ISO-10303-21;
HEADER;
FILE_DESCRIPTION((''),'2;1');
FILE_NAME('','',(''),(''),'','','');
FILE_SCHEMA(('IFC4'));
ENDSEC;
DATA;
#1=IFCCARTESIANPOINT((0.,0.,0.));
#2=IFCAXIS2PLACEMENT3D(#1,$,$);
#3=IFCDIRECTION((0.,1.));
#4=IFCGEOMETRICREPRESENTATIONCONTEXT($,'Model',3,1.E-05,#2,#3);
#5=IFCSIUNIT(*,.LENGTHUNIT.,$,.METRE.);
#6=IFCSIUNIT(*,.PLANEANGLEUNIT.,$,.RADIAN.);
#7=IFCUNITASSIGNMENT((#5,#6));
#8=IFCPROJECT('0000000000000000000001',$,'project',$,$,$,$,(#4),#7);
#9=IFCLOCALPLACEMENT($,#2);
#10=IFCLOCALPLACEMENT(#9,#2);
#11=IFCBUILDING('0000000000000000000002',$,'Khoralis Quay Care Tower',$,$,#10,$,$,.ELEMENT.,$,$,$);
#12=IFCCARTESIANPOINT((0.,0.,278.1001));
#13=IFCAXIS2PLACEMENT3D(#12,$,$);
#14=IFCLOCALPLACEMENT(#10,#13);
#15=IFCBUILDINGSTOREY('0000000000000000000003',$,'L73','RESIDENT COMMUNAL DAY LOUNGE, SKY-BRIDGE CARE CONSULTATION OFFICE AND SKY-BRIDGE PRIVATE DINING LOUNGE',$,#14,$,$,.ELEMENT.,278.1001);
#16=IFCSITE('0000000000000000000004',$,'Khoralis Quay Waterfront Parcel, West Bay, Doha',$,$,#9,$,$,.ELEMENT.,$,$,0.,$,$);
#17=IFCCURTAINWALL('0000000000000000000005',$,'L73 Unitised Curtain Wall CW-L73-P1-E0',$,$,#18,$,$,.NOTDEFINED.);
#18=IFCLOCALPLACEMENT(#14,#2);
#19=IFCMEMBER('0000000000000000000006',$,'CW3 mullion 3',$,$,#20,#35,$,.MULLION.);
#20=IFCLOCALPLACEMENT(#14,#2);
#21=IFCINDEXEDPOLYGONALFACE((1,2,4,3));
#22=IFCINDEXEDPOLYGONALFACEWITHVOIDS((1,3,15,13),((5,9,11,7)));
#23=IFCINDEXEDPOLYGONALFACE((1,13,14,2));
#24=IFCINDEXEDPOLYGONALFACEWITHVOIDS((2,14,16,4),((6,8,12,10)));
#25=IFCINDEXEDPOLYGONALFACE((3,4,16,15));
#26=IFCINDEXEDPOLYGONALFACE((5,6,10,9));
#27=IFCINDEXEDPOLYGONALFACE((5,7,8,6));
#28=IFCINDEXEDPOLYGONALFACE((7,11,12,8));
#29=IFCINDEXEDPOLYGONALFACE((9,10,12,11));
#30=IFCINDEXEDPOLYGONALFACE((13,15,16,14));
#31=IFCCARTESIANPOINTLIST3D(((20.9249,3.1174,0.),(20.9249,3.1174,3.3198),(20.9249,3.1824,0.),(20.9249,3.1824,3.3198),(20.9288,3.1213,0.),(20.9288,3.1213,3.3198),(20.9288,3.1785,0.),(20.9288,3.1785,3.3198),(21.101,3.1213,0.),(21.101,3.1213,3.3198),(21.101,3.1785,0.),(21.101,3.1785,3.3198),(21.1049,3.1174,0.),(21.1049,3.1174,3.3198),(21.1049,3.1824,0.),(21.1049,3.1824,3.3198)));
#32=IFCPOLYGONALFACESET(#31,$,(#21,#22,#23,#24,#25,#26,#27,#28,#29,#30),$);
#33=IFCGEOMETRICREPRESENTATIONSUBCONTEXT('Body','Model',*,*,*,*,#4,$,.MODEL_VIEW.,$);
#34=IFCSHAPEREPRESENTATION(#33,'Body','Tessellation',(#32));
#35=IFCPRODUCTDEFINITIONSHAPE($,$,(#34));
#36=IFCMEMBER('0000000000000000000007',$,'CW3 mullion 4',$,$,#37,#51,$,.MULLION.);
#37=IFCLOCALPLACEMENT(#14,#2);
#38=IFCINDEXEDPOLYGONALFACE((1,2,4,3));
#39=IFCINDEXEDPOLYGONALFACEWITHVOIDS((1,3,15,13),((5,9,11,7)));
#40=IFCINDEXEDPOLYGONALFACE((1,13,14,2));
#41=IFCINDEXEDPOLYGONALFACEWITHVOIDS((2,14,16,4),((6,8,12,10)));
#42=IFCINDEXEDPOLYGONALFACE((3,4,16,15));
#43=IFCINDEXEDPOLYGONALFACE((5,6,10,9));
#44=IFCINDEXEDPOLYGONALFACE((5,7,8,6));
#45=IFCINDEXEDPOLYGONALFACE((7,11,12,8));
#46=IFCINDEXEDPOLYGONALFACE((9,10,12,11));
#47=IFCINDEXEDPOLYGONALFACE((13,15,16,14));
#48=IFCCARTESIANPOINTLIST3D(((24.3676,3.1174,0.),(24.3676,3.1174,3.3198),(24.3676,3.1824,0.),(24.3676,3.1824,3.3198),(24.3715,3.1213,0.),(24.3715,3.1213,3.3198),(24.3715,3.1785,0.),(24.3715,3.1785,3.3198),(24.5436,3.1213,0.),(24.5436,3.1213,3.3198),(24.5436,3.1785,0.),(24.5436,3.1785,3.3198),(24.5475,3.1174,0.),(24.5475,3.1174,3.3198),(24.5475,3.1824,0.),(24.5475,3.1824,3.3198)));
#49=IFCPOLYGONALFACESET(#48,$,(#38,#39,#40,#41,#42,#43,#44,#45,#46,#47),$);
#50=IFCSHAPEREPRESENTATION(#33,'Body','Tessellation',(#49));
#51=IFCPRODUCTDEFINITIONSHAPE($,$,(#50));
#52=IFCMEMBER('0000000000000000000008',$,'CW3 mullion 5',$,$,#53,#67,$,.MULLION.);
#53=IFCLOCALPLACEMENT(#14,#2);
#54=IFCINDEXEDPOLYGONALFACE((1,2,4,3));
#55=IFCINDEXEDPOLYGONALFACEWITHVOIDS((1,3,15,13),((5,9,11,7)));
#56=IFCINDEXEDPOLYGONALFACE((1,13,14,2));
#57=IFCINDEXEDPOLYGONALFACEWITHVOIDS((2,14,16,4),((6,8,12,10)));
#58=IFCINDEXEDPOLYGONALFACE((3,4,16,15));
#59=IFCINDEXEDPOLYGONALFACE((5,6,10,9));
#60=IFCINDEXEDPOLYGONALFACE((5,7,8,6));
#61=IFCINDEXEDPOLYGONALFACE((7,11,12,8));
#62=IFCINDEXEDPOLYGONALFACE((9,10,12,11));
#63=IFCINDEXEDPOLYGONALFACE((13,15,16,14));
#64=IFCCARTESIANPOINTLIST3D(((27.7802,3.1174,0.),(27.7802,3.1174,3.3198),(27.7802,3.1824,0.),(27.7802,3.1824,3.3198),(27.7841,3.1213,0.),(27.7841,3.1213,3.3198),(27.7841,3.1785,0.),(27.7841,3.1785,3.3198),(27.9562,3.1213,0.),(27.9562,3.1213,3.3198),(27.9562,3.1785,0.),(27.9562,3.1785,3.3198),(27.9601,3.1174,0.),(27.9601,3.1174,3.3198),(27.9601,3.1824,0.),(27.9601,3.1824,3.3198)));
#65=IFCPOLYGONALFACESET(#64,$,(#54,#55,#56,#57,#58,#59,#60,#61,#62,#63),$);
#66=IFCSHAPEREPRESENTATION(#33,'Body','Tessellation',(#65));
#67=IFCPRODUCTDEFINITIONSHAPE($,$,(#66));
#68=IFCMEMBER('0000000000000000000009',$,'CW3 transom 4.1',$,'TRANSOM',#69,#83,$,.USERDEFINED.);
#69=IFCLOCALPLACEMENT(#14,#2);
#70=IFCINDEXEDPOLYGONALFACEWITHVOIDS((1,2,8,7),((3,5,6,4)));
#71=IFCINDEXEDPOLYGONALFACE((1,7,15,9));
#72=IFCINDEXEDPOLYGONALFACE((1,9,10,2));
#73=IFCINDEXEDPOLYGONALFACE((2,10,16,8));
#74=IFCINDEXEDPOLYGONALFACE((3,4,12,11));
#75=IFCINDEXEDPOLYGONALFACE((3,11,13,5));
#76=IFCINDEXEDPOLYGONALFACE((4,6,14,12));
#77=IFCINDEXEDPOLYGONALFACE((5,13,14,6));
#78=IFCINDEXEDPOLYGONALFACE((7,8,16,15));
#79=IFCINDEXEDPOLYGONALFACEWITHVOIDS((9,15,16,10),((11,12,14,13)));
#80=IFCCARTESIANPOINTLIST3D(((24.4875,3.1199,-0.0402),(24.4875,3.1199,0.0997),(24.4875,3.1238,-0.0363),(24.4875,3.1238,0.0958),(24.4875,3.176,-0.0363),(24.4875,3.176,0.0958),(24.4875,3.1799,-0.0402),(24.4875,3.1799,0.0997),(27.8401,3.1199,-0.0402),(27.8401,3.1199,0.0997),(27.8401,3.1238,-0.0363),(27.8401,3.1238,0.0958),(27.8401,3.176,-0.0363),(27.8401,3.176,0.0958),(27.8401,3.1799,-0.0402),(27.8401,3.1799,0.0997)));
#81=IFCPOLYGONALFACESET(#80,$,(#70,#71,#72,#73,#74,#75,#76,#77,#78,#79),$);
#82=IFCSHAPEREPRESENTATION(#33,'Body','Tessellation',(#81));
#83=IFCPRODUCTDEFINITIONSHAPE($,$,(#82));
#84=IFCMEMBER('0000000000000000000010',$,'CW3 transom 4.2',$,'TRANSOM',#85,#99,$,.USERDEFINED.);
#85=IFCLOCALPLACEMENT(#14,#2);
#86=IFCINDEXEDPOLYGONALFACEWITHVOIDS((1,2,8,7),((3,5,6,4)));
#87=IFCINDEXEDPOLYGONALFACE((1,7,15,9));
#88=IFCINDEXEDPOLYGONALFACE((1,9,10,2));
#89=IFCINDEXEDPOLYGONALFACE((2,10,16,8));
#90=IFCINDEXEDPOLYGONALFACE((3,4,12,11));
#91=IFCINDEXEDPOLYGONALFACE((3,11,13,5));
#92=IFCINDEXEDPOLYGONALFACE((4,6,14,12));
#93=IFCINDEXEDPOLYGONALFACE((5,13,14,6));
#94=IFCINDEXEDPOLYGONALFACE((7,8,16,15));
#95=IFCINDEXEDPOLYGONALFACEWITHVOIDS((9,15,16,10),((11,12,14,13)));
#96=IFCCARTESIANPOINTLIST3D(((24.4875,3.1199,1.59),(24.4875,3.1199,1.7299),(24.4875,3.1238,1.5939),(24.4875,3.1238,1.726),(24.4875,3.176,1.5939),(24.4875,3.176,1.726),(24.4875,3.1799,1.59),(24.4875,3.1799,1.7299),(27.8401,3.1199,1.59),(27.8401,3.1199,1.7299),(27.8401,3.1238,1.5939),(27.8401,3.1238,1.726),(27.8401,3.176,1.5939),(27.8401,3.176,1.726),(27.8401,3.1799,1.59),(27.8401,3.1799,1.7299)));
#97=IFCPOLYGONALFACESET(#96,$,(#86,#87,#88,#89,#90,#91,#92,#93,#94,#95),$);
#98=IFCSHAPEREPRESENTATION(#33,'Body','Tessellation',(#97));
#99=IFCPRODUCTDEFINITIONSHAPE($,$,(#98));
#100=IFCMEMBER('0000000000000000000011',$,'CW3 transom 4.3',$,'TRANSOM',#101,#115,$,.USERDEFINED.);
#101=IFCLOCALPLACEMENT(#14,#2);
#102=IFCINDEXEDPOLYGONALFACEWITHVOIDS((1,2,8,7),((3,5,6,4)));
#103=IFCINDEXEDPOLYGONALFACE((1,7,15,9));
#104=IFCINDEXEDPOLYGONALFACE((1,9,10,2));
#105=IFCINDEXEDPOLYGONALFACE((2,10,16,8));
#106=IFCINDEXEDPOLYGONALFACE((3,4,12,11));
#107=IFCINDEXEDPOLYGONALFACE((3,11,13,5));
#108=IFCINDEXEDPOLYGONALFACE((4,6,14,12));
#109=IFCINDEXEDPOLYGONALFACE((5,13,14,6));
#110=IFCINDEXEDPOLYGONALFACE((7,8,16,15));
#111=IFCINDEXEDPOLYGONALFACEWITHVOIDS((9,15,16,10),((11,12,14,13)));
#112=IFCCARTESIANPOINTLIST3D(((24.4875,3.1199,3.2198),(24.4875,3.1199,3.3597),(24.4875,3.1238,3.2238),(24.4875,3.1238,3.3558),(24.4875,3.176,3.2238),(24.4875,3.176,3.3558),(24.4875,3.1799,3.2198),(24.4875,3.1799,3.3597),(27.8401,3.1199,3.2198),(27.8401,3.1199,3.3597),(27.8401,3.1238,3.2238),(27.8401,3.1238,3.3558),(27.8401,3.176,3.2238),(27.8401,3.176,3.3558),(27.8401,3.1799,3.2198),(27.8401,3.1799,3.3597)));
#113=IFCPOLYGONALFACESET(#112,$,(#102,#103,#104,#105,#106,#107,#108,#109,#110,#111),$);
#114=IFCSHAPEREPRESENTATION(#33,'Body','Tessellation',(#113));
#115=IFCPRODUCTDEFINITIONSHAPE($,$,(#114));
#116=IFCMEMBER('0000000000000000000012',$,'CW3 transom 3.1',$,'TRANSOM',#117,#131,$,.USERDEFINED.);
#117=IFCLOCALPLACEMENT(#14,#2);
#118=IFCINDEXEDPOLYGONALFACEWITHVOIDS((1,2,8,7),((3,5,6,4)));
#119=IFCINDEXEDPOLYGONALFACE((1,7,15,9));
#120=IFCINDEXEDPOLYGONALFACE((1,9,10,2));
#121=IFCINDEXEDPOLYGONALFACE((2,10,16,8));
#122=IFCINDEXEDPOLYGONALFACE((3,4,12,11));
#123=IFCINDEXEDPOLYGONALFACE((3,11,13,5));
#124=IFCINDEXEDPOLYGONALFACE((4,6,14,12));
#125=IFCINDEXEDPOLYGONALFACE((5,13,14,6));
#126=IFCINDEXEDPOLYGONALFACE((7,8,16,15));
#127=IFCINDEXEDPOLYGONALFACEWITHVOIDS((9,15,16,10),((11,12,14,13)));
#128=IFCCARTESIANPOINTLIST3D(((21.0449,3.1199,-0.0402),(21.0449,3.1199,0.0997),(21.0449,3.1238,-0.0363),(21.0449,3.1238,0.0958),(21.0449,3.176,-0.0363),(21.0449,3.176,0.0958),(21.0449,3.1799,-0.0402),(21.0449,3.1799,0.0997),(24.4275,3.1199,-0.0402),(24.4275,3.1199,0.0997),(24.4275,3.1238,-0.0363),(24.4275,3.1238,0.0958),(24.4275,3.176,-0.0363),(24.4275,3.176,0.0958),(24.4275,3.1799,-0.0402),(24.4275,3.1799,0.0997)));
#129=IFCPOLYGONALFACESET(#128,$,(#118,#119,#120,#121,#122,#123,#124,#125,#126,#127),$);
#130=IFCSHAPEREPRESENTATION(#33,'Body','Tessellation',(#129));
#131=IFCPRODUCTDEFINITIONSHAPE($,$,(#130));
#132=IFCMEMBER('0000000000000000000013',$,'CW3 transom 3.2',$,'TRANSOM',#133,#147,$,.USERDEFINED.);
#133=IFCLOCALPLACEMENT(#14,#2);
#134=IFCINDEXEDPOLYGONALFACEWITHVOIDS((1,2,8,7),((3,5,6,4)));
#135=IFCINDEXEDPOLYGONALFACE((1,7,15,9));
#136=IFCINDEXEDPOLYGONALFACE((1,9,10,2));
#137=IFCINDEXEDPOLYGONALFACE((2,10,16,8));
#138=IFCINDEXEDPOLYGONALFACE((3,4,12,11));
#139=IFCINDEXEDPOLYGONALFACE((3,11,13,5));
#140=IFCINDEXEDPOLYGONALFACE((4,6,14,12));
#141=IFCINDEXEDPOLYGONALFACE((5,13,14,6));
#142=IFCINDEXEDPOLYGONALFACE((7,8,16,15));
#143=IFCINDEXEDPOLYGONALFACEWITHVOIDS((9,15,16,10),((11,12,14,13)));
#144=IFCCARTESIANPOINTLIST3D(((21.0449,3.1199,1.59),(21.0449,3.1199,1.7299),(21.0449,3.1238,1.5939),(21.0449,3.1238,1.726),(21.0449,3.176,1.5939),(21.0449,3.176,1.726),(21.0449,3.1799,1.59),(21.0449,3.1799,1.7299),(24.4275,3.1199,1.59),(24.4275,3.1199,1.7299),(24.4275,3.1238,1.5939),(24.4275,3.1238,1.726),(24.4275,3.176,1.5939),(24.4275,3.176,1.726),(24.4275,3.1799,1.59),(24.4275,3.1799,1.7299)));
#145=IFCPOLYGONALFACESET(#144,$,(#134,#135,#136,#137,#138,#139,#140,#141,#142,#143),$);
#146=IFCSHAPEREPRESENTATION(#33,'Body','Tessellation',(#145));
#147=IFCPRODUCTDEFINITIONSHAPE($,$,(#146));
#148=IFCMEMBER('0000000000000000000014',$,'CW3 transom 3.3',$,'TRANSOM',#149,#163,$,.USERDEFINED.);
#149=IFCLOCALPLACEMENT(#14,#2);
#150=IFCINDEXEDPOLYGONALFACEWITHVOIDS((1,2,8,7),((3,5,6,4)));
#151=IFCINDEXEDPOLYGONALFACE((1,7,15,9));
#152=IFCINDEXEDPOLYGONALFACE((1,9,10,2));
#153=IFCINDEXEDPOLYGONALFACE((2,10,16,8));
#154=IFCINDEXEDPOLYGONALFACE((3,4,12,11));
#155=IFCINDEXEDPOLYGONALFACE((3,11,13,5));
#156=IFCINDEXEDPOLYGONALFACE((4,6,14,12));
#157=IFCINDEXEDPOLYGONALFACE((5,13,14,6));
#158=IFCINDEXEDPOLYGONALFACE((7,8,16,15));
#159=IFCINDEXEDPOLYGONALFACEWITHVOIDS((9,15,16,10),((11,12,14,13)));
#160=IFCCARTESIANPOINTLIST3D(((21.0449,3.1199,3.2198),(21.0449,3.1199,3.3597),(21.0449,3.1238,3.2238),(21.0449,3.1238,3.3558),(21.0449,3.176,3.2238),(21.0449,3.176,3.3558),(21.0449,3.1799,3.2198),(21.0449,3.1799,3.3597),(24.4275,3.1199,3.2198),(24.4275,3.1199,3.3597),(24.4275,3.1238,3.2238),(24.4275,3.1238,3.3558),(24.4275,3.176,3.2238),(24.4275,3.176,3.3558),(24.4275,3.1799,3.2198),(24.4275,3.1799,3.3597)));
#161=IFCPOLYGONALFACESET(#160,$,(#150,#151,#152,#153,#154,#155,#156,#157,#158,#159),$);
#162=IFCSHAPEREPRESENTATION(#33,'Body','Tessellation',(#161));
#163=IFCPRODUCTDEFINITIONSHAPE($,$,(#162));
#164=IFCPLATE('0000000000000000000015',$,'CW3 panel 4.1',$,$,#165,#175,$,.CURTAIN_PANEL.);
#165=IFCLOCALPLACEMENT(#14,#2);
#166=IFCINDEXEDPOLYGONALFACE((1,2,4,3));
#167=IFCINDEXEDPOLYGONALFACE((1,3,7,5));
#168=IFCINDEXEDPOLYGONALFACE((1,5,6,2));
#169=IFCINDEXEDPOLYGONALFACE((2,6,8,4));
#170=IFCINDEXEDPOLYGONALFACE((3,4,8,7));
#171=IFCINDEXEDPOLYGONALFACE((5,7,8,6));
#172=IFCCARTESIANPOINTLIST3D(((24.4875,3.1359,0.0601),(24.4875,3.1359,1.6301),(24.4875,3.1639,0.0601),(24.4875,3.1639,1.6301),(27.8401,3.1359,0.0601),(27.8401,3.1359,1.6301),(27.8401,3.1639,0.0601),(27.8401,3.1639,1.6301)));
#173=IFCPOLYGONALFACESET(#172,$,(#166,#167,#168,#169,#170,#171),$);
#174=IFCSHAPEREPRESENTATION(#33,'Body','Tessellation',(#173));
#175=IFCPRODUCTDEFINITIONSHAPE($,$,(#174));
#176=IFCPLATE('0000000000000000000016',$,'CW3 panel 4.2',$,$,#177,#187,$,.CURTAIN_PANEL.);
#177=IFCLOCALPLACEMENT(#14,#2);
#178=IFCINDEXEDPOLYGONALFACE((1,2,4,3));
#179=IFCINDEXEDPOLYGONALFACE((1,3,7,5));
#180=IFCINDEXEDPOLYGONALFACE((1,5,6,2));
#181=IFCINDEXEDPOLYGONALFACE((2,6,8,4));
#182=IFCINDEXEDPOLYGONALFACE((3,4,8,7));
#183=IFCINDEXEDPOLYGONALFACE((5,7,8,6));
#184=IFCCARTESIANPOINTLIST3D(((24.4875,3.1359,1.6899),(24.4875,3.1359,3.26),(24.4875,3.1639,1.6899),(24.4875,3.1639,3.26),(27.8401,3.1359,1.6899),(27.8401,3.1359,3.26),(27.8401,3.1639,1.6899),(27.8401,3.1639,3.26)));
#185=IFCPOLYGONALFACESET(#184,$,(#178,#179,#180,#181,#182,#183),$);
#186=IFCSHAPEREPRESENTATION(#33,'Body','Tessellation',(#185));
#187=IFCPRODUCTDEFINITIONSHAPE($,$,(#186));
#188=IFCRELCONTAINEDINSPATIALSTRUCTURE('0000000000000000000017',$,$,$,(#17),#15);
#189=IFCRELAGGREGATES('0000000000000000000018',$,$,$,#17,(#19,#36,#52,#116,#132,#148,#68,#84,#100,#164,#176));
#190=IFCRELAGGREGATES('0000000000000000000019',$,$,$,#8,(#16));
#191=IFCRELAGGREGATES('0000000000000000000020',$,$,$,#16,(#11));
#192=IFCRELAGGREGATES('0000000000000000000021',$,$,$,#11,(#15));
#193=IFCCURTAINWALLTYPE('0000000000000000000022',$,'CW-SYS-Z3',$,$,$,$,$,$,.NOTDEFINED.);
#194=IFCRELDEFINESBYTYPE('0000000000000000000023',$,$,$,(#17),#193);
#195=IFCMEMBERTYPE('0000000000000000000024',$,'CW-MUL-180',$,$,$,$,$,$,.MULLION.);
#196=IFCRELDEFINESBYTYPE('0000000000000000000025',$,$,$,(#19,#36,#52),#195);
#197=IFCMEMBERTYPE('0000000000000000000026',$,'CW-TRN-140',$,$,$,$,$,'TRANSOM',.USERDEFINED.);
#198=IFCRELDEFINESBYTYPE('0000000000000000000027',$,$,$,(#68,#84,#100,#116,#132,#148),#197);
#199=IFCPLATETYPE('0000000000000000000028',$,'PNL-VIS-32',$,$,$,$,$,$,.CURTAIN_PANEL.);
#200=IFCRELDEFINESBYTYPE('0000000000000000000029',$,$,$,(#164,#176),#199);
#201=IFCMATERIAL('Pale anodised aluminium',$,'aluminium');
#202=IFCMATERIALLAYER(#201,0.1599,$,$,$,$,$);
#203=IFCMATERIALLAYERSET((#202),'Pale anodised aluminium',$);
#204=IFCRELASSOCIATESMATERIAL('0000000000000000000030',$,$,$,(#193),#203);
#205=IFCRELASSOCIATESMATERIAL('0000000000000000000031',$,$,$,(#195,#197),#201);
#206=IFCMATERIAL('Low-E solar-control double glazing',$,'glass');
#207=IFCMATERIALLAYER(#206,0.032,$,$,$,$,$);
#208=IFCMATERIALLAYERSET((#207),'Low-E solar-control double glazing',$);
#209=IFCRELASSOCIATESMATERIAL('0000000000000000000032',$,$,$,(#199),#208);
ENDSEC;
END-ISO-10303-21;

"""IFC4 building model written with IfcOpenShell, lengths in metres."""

from ifc_helpers import new_model, si_unit, direction, frame, origin, origin_2d, place, context, subcontext, project, spatial, rectangle, hollow_rectangle, extrude, source, transform, mapped, material, layer, layer_set, material_profile, profile_set, type_object, element, aggregate, save


model = new_model("IFC4")

# Units and contexts
model_context = context("Model", 3, precision=1e-05, world=origin(), true_north=direction((0.0, 1.0)))
body_context = subcontext(model_context, "Body", "Model", "MODEL_VIEW")
ifc_project = project(units=[si_unit("LENGTHUNIT", "METRE"), si_unit("PLANEANGLEUNIT", "RADIAN")], contexts=[model_context])

# Site, building, storey
site_placement = place(None, origin())
site = spatial("IfcSite", under=ifc_project, at=site_placement, Name="Khoralis Quay Waterfront Parcel, West Bay, Doha", CompositionType="ELEMENT", RefElevation=0.0)
building_placement = place(site_placement, origin())
building = spatial("IfcBuilding", under=site, at=building_placement, Name="Khoralis Quay Care Tower", CompositionType="ELEMENT")
storey_placement = place(building_placement, frame((0.0, 0.0, 278.1001)))
storey = spatial("IfcBuildingStorey", under=building, at=storey_placement, Name="L73", Description="RESIDENT COMMUNAL DAY LOUNGE, SKY-BRIDGE CARE CONSULTATION OFFICE AND SKY-BRIDGE PRIVATE DINING LOUNGE", CompositionType="ELEMENT", Elevation=278.1001)

# Curtain wall, members, plates
ifc_material_1 = material(Name="Pale anodised aluminium", Category="aluminium")
ifc_layer_1 = layer(ifc_material_1, 0.1599)
ifc_layer_set_1 = layer_set([ifc_layer_1], Name="Pale anodised aluminium")
curtain_wall_type = type_object("IfcCurtainWallType", Name="CW-SYS-Z3", PredefinedType="NOTDEFINED", material=ifc_layer_set_1)
curtain_wall_placement = place(storey_placement, origin())
curtain_wall = element("IfcCurtainWall", 1, at=curtain_wall_placement, inside=storey, type_object=curtain_wall_type, Name="L73 Unitised Curtain Wall CW-L73-P1-E0", PredefinedType="NOTDEFINED")
ifc_material_profile_1 = material_profile(ifc_material_1, hollow_rectangle(XDim=0.0649, YDim=0.1799, WallThickness=0.0039, at=origin_2d()), Name="Pale anodised aluminium")
ifc_profile_set_1 = profile_set([ifc_material_profile_1], Name="Pale anodised aluminium")
member_type_1 = type_object("IfcMemberType", Name="CW-MUL-180", PredefinedType="MULLION", material=ifc_profile_set_1)
shared_shape_1 = source(origin(), body_context, "Body", "SweptSolid", [
    extrude(hollow_rectangle(XDim=0.0649, YDim=0.1799, WallThickness=0.0039, at=origin_2d()), origin(), (0.0, 0.0, 1.0), 3.3198),
])
member_1_placement = place(storey_placement, frame((21.0149, 3.1499, 0.0), z_axis=(0.0, 0.0, 1.0), x_axis=(0.0, 1.0, 0.0)))
member_1 = element("IfcMember", 2, at=member_1_placement, type_object=member_type_1, Name="CW3 mullion 3", PredefinedType="MULLION", context=body_context, shape_type="MappedRepresentation", body=[
    mapped(shared_shape_1, transform((0.0, 0.0, 0.0), scale=1.0)),
])
member_2_placement = place(storey_placement, frame((24.4575, 3.1499, 0.0), z_axis=(0.0, 0.0, 1.0), x_axis=(0.0, 1.0, 0.0)))
member_2 = element("IfcMember", 3, at=member_2_placement, type_object=member_type_1, Name="CW3 mullion 4", PredefinedType="MULLION", context=body_context, shape_type="MappedRepresentation", body=[
    mapped(shared_shape_1, transform((0.0, 0.0, 0.0), scale=1.0)),
])
member_3_placement = place(storey_placement, frame((27.8701, 3.1499, 0.0), z_axis=(0.0, 0.0, 1.0), x_axis=(0.0, 1.0, 0.0)))
member_3 = element("IfcMember", 4, at=member_3_placement, type_object=member_type_1, Name="CW3 mullion 5", PredefinedType="MULLION", context=body_context, shape_type="MappedRepresentation", body=[
    mapped(shared_shape_1, transform((0.0, 0.0, 0.0), scale=1.0)),
])
ifc_material_profile_2 = material_profile(ifc_material_1, hollow_rectangle(XDim=0.0601, YDim=0.1399, WallThickness=0.0039, at=origin_2d()), Name="Pale anodised aluminium")
ifc_profile_set_2 = profile_set([ifc_material_profile_2], Name="Pale anodised aluminium")
member_type_2 = type_object("IfcMemberType", Name="CW-TRN-140", ElementType="TRANSOM", PredefinedType="USERDEFINED", material=ifc_profile_set_2)
shared_shape_2 = source(origin(), body_context, "Body", "SweptSolid", [
    extrude(hollow_rectangle(XDim=0.0601, YDim=0.1399, WallThickness=0.0039, at=origin_2d()), origin(), (0.0, 0.0, 1.0), 3.3525),
])
member_4_placement = place(storey_placement, frame((24.4875, 3.1499, 0.0298), z_axis=(1.0, 0.0, 0.0), x_axis=(0.0, 1.0, 0.0)))
member_4 = element("IfcMember", 5, at=member_4_placement, type_object=member_type_2, Name="CW3 transom 4.1", ObjectType="TRANSOM", PredefinedType="USERDEFINED", context=body_context, shape_type="MappedRepresentation", body=[
    mapped(shared_shape_2, transform((0.0, 0.0, 0.0), scale=1.0)),
])
member_5_placement = place(storey_placement, frame((24.4875, 3.1499, 1.6599), z_axis=(1.0, 0.0, 0.0), x_axis=(0.0, 1.0, 0.0)))
member_5 = element("IfcMember", 6, at=member_5_placement, type_object=member_type_2, Name="CW3 transom 4.2", ObjectType="TRANSOM", PredefinedType="USERDEFINED", context=body_context, shape_type="MappedRepresentation", body=[
    mapped(shared_shape_2, transform((0.0, 0.0, 0.0), scale=1.0)),
])
member_6_placement = place(storey_placement, frame((24.4875, 3.1499, 3.2898), z_axis=(1.0, 0.0, 0.0), x_axis=(0.0, 1.0, 0.0)))
member_6 = element("IfcMember", 7, at=member_6_placement, type_object=member_type_2, Name="CW3 transom 4.3", ObjectType="TRANSOM", PredefinedType="USERDEFINED", context=body_context, shape_type="MappedRepresentation", body=[
    mapped(shared_shape_2, transform((0.0, 0.0, 0.0), scale=1.0)),
])
shared_shape_3 = source(origin(), body_context, "Body", "SweptSolid", [
    extrude(hollow_rectangle(XDim=0.0601, YDim=0.1399, WallThickness=0.0039, at=origin_2d()), origin(), (0.0, 0.0, 1.0), 3.3826),
])
member_7_placement = place(storey_placement, frame((21.0449, 3.1499, 0.0298), z_axis=(1.0, 0.0, 0.0), x_axis=(0.0, 1.0, 0.0)))
member_7 = element("IfcMember", 8, at=member_7_placement, type_object=member_type_2, Name="CW3 transom 3.1", ObjectType="TRANSOM", PredefinedType="USERDEFINED", context=body_context, shape_type="MappedRepresentation", body=[
    mapped(shared_shape_3, transform((0.0, 0.0, 0.0), scale=1.0)),
])
member_8_placement = place(storey_placement, frame((21.0449, 3.1499, 1.6599), z_axis=(1.0, 0.0, 0.0), x_axis=(0.0, 1.0, 0.0)))
member_8 = element("IfcMember", 9, at=member_8_placement, type_object=member_type_2, Name="CW3 transom 3.2", ObjectType="TRANSOM", PredefinedType="USERDEFINED", context=body_context, shape_type="MappedRepresentation", body=[
    mapped(shared_shape_3, transform((0.0, 0.0, 0.0), scale=1.0)),
])
member_9_placement = place(storey_placement, frame((21.0449, 3.1499, 3.2898), z_axis=(1.0, 0.0, 0.0), x_axis=(0.0, 1.0, 0.0)))
member_9 = element("IfcMember", 10, at=member_9_placement, type_object=member_type_2, Name="CW3 transom 3.3", ObjectType="TRANSOM", PredefinedType="USERDEFINED", context=body_context, shape_type="MappedRepresentation", body=[
    mapped(shared_shape_3, transform((0.0, 0.0, 0.0), scale=1.0)),
])
ifc_material_2 = material(Name="Low-E solar-control double glazing", Category="glass")
ifc_layer_2 = layer(ifc_material_2, 0.032)
ifc_layer_set_2 = layer_set([ifc_layer_2], Name="Low-E solar-control double glazing")
plate_type = type_object("IfcPlateType", Name="PNL-VIS-32", PredefinedType="CURTAIN_PANEL", material=ifc_layer_set_2)
shared_shape_4 = source(origin(), body_context, "Body", "SweptSolid", [
    extrude(rectangle(XDim=3.3525, YDim=0.0281, at=origin_2d()), origin(), (0.0, 0.0, 1.0), 1.5701),
])
plate_1_placement = place(storey_placement, frame((26.1638, 3.1499, 0.0601), z_axis=(0.0, 0.0, 1.0), x_axis=(1.0, 0.0, 0.0)))
plate_1 = element("IfcPlate", 11, at=plate_1_placement, type_object=plate_type, Name="CW3 panel 4.1", PredefinedType="CURTAIN_PANEL", context=body_context, shape_type="MappedRepresentation", body=[
    mapped(shared_shape_4, transform((0.0, 0.0, 0.0), scale=1.0)),
])
plate_2_placement = place(storey_placement, frame((26.1638, 3.1499, 1.6899), z_axis=(0.0, 0.0, 1.0), x_axis=(1.0, 0.0, 0.0)))
plate_2 = element("IfcPlate", 12, at=plate_2_placement, type_object=plate_type, Name="CW3 panel 4.2", PredefinedType="CURTAIN_PANEL", context=body_context, shape_type="MappedRepresentation", body=[
    mapped(shared_shape_4, transform((0.0, 0.0, 0.0), scale=1.0)),
])
aggregate(curtain_wall, [member_1, member_2, member_3, member_7, member_8, member_9, member_4, member_5, member_6, plate_1, plate_2])

save(model, "model.ifc")
